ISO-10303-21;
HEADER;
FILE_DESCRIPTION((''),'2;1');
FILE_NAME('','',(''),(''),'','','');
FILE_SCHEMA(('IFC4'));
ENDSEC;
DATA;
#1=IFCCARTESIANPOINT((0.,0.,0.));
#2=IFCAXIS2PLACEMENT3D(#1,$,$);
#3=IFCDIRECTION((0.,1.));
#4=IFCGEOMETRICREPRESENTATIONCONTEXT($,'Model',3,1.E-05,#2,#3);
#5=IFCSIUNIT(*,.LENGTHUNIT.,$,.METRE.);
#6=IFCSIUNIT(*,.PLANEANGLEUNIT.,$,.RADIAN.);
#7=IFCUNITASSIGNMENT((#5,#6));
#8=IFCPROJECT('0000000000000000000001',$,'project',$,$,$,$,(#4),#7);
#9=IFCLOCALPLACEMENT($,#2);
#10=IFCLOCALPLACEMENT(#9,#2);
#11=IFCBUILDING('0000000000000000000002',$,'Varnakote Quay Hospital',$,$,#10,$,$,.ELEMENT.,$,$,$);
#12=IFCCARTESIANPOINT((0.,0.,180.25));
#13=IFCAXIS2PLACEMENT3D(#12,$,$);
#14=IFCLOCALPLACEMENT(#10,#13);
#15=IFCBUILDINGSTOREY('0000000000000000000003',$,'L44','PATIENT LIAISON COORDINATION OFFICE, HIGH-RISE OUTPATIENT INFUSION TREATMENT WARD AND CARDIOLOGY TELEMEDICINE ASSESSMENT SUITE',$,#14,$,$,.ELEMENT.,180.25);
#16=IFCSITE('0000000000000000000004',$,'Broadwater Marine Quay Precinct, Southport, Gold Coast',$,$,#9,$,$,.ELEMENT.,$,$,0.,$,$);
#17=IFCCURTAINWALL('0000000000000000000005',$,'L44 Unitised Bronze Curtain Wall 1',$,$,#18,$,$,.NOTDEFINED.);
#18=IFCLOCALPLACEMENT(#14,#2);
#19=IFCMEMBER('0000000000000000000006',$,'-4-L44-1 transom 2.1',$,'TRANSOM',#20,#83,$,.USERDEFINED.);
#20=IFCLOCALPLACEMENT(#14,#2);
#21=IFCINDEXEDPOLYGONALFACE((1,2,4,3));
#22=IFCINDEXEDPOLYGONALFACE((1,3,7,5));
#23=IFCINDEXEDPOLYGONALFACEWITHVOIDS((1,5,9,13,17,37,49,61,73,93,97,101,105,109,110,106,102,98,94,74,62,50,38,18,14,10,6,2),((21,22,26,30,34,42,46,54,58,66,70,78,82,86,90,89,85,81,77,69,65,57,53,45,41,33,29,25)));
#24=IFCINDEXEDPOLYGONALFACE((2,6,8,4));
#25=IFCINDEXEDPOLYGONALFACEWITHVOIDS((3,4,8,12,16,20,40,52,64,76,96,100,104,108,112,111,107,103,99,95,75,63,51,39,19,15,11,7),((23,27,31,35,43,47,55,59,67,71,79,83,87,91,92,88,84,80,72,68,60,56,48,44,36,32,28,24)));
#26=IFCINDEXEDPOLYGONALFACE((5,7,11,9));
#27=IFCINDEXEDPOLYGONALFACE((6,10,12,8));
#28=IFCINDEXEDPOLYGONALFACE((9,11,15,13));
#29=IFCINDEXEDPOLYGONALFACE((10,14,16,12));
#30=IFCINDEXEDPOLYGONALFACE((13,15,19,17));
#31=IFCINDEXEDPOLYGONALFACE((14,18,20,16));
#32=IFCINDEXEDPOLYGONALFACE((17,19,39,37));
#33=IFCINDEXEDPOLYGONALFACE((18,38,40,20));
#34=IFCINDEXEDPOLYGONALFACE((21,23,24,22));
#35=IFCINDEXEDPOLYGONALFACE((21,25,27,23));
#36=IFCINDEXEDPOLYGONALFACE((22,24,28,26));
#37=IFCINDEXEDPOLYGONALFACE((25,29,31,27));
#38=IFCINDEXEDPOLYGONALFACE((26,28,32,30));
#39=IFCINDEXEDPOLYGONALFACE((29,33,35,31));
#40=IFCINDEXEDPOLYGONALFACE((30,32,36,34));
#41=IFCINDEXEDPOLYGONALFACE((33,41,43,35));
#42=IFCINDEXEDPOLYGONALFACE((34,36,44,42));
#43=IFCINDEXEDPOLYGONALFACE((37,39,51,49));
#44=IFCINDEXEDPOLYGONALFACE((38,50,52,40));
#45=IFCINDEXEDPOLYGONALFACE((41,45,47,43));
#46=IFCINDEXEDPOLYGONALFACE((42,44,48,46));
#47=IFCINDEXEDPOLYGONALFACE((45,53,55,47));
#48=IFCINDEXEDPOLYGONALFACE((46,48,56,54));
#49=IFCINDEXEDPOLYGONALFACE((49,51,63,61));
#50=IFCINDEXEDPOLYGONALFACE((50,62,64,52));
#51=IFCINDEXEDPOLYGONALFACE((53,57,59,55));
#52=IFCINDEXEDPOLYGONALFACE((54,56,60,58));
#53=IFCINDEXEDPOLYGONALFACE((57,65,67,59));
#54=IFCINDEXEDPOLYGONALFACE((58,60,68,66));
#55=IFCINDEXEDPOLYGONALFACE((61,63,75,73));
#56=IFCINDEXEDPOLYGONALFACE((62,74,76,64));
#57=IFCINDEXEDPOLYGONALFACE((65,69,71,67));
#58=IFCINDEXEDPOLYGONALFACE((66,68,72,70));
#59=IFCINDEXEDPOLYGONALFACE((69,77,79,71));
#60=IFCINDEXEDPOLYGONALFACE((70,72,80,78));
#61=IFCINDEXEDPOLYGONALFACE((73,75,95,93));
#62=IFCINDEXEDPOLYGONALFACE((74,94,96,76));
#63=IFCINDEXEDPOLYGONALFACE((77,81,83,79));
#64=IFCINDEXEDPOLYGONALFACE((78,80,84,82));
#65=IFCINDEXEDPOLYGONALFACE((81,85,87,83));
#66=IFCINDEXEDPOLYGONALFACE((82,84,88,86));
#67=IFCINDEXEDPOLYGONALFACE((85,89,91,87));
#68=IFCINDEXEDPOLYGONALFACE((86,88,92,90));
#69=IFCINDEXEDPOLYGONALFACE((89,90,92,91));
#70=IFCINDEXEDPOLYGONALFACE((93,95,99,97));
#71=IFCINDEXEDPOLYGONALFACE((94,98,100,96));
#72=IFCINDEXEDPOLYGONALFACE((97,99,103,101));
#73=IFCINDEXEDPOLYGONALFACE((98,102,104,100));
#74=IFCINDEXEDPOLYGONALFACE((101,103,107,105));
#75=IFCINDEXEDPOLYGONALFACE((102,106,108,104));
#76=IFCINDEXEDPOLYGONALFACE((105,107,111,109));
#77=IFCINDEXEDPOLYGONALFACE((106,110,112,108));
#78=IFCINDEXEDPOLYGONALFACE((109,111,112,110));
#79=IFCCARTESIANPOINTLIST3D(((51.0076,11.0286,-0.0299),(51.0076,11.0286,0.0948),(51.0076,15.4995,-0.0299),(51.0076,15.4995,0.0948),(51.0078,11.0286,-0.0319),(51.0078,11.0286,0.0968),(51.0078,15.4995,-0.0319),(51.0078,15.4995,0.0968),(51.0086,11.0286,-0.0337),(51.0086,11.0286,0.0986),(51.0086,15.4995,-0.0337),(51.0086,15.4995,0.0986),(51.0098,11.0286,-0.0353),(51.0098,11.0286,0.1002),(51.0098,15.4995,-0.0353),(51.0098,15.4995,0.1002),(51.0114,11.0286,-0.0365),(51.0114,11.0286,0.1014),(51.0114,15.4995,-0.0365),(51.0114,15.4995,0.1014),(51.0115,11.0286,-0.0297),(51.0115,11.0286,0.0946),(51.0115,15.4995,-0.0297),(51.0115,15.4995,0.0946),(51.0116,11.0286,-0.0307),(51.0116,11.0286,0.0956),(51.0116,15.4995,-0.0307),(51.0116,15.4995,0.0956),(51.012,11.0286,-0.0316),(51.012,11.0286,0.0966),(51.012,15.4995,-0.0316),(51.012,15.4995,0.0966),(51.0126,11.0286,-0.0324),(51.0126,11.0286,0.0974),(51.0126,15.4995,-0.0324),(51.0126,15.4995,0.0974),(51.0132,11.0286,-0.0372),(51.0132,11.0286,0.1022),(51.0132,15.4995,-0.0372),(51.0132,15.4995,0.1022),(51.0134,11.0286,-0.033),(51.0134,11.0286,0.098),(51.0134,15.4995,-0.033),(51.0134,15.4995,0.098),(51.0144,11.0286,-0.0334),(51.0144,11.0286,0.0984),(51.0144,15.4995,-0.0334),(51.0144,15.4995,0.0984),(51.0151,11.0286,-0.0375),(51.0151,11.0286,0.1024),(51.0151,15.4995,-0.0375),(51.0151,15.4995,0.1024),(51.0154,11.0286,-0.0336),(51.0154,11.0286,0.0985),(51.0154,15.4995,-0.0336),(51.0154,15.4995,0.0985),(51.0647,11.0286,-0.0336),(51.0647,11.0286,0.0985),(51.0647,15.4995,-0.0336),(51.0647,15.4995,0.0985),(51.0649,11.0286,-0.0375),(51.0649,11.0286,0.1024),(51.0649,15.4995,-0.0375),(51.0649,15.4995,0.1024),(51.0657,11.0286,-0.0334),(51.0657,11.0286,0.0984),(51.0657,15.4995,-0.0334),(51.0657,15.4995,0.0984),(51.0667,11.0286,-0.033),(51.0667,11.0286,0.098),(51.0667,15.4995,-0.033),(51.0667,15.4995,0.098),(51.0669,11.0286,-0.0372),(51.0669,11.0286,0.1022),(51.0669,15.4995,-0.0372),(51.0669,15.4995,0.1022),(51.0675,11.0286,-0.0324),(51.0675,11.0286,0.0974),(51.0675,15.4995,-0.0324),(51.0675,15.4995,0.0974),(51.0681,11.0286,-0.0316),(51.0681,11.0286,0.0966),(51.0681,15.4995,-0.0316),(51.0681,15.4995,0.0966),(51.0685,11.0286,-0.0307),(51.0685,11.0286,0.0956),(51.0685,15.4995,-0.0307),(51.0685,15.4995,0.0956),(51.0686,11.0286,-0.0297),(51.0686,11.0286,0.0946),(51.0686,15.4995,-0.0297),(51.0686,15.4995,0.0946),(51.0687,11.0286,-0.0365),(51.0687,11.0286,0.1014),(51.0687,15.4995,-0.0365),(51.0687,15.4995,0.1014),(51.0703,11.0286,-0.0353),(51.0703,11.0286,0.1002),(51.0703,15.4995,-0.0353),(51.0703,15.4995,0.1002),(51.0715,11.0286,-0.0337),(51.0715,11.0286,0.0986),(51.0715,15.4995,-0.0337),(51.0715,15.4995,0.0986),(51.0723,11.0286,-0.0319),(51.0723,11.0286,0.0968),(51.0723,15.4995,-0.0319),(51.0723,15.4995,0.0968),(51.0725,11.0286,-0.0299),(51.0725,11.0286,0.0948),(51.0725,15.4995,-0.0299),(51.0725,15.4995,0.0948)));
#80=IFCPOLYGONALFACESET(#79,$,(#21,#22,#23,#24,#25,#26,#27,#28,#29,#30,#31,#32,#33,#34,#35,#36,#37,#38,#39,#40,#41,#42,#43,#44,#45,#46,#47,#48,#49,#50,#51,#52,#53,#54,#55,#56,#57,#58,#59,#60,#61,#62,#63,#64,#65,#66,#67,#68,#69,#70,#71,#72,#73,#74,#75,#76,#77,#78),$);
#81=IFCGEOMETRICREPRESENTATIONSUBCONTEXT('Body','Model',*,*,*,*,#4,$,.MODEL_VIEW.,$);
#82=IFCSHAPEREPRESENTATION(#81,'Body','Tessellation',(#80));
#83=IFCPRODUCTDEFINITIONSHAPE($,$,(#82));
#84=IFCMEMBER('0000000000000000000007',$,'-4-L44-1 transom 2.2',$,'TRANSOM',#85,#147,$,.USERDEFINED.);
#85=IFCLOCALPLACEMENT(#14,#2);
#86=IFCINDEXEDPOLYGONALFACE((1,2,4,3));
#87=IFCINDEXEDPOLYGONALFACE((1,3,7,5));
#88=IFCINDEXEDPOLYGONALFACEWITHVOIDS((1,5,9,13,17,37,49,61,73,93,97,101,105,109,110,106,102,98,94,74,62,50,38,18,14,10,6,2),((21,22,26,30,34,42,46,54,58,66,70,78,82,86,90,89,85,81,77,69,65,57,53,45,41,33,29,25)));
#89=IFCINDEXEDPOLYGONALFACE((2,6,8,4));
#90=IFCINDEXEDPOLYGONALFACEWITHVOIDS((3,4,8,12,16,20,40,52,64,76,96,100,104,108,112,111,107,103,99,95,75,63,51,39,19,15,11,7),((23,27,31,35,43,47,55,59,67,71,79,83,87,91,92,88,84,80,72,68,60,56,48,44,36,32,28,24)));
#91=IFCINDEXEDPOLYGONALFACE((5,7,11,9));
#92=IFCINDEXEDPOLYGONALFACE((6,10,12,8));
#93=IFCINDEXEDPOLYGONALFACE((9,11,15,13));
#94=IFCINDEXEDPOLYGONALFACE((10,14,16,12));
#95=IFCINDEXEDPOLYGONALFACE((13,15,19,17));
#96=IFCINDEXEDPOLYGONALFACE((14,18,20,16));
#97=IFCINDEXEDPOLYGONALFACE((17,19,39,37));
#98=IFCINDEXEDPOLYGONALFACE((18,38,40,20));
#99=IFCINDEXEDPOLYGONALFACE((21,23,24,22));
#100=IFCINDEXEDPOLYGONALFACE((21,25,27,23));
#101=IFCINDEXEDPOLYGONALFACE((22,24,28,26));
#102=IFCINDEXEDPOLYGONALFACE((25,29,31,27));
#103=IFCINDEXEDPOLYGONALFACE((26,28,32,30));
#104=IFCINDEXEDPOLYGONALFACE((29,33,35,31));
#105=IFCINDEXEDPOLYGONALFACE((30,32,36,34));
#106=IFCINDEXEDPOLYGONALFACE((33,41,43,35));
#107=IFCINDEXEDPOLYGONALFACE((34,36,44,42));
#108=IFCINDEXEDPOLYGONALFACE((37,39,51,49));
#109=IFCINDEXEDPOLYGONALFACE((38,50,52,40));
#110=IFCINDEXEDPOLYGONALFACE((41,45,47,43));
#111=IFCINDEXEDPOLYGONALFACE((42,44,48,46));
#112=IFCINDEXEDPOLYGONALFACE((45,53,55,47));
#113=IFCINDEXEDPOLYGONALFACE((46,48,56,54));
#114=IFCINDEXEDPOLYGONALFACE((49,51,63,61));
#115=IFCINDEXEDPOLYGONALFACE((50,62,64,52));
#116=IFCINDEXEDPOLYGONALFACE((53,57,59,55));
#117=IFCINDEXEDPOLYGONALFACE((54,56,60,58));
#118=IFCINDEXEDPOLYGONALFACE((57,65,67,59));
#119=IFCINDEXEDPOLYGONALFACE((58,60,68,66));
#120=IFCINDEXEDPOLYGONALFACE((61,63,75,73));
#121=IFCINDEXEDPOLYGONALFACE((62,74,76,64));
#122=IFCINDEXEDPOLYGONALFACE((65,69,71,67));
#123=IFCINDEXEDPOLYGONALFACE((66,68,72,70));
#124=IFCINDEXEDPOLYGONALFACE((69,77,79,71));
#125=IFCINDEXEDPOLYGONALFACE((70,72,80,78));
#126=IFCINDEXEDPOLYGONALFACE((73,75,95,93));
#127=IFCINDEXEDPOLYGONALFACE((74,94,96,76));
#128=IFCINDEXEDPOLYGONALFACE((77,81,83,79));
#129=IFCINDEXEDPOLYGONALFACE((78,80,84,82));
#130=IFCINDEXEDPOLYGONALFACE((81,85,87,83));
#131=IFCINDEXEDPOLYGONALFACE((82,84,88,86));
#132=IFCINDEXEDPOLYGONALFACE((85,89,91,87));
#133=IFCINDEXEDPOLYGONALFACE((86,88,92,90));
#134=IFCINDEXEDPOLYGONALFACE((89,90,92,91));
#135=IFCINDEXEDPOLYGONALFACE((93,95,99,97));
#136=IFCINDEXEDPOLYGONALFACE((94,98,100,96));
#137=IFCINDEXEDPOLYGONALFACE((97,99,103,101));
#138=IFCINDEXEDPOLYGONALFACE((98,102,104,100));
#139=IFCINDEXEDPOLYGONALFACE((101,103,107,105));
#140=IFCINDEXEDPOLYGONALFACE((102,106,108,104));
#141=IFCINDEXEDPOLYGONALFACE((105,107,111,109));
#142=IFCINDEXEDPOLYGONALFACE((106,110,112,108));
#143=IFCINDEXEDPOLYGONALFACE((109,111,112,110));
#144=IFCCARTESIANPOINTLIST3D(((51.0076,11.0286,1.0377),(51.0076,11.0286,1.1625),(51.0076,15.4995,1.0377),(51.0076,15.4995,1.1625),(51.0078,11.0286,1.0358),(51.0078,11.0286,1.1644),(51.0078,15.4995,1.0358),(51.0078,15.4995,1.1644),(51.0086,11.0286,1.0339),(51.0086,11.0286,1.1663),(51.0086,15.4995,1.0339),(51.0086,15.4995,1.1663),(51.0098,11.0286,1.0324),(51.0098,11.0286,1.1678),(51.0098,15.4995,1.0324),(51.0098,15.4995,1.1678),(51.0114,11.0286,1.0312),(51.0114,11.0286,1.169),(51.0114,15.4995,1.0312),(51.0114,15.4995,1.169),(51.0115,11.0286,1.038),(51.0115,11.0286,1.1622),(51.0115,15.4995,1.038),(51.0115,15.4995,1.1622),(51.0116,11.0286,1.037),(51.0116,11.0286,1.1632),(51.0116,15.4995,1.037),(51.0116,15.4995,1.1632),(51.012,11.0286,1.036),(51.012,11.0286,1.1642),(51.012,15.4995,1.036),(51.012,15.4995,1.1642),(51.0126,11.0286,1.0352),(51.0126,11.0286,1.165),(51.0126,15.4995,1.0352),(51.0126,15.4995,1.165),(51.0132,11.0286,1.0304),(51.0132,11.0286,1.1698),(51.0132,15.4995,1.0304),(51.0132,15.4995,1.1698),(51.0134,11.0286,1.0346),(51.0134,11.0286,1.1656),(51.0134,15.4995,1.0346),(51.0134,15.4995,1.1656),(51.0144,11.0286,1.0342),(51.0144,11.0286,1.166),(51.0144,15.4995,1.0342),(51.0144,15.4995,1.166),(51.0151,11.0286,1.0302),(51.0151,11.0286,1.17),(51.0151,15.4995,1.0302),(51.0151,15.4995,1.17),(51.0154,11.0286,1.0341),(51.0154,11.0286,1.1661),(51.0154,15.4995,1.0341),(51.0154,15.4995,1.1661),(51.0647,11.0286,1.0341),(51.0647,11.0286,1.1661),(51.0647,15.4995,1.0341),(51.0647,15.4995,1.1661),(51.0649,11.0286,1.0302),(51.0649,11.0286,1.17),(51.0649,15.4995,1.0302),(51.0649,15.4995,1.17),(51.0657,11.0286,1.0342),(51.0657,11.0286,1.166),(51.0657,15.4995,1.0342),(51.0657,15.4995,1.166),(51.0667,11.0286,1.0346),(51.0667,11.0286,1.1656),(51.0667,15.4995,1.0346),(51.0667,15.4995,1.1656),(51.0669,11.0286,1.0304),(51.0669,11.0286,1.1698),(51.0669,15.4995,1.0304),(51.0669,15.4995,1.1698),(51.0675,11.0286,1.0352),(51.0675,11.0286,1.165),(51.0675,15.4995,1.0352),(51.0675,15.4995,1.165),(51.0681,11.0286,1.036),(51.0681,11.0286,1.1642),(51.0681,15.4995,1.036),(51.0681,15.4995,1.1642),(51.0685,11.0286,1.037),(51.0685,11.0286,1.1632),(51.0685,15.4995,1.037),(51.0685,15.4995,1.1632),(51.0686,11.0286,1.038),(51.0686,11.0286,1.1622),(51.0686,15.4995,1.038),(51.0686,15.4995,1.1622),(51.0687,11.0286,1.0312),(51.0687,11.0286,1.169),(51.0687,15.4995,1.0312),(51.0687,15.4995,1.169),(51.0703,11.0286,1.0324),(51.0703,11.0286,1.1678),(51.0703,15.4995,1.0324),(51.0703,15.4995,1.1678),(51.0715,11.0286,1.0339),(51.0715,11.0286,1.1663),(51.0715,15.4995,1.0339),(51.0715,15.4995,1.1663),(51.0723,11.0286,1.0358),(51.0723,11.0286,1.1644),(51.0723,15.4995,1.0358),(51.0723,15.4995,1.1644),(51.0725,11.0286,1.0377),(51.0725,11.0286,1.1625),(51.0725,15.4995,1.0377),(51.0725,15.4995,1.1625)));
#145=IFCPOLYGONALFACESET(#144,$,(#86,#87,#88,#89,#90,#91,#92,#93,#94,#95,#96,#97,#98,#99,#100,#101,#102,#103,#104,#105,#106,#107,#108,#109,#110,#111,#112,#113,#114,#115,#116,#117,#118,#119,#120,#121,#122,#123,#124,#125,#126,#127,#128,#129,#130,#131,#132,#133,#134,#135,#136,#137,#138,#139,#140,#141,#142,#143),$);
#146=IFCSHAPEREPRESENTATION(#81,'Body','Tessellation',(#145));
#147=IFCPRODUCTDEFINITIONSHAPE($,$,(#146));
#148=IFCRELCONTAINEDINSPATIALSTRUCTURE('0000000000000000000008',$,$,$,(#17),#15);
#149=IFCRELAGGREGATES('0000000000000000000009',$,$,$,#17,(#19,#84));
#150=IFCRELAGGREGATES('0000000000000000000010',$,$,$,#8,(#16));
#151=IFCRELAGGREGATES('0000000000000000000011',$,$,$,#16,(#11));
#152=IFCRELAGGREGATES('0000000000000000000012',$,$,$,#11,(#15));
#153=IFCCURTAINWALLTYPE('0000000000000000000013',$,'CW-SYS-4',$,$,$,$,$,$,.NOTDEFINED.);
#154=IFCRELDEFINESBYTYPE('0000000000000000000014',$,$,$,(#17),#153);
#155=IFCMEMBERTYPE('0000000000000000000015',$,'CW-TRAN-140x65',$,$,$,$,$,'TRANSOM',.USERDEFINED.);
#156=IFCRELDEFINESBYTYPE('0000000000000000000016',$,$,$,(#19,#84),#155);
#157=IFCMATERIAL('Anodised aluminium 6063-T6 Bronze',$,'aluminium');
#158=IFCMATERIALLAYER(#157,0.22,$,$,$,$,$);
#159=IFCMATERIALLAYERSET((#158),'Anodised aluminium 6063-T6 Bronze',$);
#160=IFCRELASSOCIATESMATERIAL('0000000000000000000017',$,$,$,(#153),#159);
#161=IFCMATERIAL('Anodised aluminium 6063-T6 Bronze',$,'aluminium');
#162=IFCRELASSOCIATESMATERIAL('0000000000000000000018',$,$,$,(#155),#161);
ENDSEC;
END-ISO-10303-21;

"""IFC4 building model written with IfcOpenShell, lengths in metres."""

from ifc_helpers import new_model, si_unit, direction, frame, origin, origin_2d, place, context, subcontext, project, spatial, hollow_rectangle, extrude, material, layer, layer_set, material_profile, profile_set, type_object, element, aggregate, save


model = new_model("IFC4")

# Units and contexts
model_context = context("Model", 3, precision=1e-05, world=origin(), true_north=direction((0.0, 1.0)))
body_context = subcontext(model_context, "Body", "Model", "MODEL_VIEW")
ifc_project = project(units=[si_unit("LENGTHUNIT", "METRE"), si_unit("PLANEANGLEUNIT", "RADIAN")], contexts=[model_context])

# Site, building, storey
site_placement = place(None, origin())
site = spatial("IfcSite", under=ifc_project, at=site_placement, Name="Broadwater Marine Quay Precinct, Southport, Gold Coast", CompositionType="ELEMENT", RefElevation=0.0)
building_placement = place(site_placement, origin())
building = spatial("IfcBuilding", under=site, at=building_placement, Name="Varnakote Quay Hospital", CompositionType="ELEMENT")
storey_placement = place(building_placement, frame((0.0, 0.0, 180.25)))
storey = spatial("IfcBuildingStorey", under=building, at=storey_placement, Name="L44", Description="PATIENT LIAISON COORDINATION OFFICE, HIGH-RISE OUTPATIENT INFUSION TREATMENT WARD AND CARDIOLOGY TELEMEDICINE ASSESSMENT SUITE", CompositionType="ELEMENT", Elevation=180.25)

# Curtain wall, members
ifc_material_1 = material(Name="Anodised aluminium 6063-T6 Bronze", Category="aluminium")
ifc_layer_1 = layer(ifc_material_1, 0.22)
ifc_layer_set_1 = layer_set([ifc_layer_1], Name="Anodised aluminium 6063-T6 Bronze")
curtain_wall_type = type_object("IfcCurtainWallType", Name="CW-SYS-4", PredefinedType="NOTDEFINED", material=ifc_layer_set_1)
curtain_wall_placement = place(storey_placement, origin())
curtain_wall = element("IfcCurtainWall", 1, at=curtain_wall_placement, inside=storey, type_object=curtain_wall_type, Name="L44 Unitised Bronze Curtain Wall 1", PredefinedType="NOTDEFINED")
ifc_material_2 = material(Name="Anodised aluminium 6063-T6 Bronze", Category="aluminium")
ifc_material_profile_1 = material_profile(ifc_material_2, hollow_rectangle(XDim=0.0649, YDim=0.1399, WallThickness=0.0039, InnerFilletRadius=0.0039, OuterFilletRadius=0.0076, at=origin_2d()), Name="CW-TRAN-140x65")
ifc_profile_set_1 = profile_set([ifc_material_profile_1], Name="Anodised aluminium 6063-T6 Bronze")
member_type_1 = type_object("IfcMemberType", Name="CW-TRAN-140x65", ElementType="TRANSOM", PredefinedType="USERDEFINED", material=ifc_profile_set_1)
member_1_placement = place(storey_placement, frame((51.04, 11.0286, 0.0325), z_axis=(0.0, 1.0, 0.0), x_axis=(-1.0, 0.0, 0.0)))
member_1 = element("IfcMember", 2, at=member_1_placement, type_object=member_type_1, Name="-4-L44-1 transom 2.1", ObjectType="TRANSOM", PredefinedType="USERDEFINED", context=body_context, shape_type="SweptSolid", body=[
    extrude(hollow_rectangle(XDim=0.0649, YDim=0.1399, WallThickness=0.0039, InnerFilletRadius=0.0039, OuterFilletRadius=0.0076, at=origin_2d()), origin(), (0.0, 0.0, 1.0), 4.4709),
])
member_2_placement = place(storey_placement, frame((51.04, 11.0286, 1.1001), z_axis=(0.0, 1.0, 0.0), x_axis=(-1.0, 0.0, 0.0)))
member_2 = element("IfcMember", 3, at=member_2_placement, type_object=member_type_1, Name="-4-L44-1 transom 2.2", ObjectType="TRANSOM", PredefinedType="USERDEFINED", context=body_context, shape_type="SweptSolid", body=[
    extrude(hollow_rectangle(XDim=0.0649, YDim=0.1399, WallThickness=0.0039, InnerFilletRadius=0.0039, OuterFilletRadius=0.0076, at=origin_2d()), origin(), (0.0, 0.0, 1.0), 4.4709),
])

aggregate(curtain_wall, [member_1, member_2])

save(model, "model.ifc")
